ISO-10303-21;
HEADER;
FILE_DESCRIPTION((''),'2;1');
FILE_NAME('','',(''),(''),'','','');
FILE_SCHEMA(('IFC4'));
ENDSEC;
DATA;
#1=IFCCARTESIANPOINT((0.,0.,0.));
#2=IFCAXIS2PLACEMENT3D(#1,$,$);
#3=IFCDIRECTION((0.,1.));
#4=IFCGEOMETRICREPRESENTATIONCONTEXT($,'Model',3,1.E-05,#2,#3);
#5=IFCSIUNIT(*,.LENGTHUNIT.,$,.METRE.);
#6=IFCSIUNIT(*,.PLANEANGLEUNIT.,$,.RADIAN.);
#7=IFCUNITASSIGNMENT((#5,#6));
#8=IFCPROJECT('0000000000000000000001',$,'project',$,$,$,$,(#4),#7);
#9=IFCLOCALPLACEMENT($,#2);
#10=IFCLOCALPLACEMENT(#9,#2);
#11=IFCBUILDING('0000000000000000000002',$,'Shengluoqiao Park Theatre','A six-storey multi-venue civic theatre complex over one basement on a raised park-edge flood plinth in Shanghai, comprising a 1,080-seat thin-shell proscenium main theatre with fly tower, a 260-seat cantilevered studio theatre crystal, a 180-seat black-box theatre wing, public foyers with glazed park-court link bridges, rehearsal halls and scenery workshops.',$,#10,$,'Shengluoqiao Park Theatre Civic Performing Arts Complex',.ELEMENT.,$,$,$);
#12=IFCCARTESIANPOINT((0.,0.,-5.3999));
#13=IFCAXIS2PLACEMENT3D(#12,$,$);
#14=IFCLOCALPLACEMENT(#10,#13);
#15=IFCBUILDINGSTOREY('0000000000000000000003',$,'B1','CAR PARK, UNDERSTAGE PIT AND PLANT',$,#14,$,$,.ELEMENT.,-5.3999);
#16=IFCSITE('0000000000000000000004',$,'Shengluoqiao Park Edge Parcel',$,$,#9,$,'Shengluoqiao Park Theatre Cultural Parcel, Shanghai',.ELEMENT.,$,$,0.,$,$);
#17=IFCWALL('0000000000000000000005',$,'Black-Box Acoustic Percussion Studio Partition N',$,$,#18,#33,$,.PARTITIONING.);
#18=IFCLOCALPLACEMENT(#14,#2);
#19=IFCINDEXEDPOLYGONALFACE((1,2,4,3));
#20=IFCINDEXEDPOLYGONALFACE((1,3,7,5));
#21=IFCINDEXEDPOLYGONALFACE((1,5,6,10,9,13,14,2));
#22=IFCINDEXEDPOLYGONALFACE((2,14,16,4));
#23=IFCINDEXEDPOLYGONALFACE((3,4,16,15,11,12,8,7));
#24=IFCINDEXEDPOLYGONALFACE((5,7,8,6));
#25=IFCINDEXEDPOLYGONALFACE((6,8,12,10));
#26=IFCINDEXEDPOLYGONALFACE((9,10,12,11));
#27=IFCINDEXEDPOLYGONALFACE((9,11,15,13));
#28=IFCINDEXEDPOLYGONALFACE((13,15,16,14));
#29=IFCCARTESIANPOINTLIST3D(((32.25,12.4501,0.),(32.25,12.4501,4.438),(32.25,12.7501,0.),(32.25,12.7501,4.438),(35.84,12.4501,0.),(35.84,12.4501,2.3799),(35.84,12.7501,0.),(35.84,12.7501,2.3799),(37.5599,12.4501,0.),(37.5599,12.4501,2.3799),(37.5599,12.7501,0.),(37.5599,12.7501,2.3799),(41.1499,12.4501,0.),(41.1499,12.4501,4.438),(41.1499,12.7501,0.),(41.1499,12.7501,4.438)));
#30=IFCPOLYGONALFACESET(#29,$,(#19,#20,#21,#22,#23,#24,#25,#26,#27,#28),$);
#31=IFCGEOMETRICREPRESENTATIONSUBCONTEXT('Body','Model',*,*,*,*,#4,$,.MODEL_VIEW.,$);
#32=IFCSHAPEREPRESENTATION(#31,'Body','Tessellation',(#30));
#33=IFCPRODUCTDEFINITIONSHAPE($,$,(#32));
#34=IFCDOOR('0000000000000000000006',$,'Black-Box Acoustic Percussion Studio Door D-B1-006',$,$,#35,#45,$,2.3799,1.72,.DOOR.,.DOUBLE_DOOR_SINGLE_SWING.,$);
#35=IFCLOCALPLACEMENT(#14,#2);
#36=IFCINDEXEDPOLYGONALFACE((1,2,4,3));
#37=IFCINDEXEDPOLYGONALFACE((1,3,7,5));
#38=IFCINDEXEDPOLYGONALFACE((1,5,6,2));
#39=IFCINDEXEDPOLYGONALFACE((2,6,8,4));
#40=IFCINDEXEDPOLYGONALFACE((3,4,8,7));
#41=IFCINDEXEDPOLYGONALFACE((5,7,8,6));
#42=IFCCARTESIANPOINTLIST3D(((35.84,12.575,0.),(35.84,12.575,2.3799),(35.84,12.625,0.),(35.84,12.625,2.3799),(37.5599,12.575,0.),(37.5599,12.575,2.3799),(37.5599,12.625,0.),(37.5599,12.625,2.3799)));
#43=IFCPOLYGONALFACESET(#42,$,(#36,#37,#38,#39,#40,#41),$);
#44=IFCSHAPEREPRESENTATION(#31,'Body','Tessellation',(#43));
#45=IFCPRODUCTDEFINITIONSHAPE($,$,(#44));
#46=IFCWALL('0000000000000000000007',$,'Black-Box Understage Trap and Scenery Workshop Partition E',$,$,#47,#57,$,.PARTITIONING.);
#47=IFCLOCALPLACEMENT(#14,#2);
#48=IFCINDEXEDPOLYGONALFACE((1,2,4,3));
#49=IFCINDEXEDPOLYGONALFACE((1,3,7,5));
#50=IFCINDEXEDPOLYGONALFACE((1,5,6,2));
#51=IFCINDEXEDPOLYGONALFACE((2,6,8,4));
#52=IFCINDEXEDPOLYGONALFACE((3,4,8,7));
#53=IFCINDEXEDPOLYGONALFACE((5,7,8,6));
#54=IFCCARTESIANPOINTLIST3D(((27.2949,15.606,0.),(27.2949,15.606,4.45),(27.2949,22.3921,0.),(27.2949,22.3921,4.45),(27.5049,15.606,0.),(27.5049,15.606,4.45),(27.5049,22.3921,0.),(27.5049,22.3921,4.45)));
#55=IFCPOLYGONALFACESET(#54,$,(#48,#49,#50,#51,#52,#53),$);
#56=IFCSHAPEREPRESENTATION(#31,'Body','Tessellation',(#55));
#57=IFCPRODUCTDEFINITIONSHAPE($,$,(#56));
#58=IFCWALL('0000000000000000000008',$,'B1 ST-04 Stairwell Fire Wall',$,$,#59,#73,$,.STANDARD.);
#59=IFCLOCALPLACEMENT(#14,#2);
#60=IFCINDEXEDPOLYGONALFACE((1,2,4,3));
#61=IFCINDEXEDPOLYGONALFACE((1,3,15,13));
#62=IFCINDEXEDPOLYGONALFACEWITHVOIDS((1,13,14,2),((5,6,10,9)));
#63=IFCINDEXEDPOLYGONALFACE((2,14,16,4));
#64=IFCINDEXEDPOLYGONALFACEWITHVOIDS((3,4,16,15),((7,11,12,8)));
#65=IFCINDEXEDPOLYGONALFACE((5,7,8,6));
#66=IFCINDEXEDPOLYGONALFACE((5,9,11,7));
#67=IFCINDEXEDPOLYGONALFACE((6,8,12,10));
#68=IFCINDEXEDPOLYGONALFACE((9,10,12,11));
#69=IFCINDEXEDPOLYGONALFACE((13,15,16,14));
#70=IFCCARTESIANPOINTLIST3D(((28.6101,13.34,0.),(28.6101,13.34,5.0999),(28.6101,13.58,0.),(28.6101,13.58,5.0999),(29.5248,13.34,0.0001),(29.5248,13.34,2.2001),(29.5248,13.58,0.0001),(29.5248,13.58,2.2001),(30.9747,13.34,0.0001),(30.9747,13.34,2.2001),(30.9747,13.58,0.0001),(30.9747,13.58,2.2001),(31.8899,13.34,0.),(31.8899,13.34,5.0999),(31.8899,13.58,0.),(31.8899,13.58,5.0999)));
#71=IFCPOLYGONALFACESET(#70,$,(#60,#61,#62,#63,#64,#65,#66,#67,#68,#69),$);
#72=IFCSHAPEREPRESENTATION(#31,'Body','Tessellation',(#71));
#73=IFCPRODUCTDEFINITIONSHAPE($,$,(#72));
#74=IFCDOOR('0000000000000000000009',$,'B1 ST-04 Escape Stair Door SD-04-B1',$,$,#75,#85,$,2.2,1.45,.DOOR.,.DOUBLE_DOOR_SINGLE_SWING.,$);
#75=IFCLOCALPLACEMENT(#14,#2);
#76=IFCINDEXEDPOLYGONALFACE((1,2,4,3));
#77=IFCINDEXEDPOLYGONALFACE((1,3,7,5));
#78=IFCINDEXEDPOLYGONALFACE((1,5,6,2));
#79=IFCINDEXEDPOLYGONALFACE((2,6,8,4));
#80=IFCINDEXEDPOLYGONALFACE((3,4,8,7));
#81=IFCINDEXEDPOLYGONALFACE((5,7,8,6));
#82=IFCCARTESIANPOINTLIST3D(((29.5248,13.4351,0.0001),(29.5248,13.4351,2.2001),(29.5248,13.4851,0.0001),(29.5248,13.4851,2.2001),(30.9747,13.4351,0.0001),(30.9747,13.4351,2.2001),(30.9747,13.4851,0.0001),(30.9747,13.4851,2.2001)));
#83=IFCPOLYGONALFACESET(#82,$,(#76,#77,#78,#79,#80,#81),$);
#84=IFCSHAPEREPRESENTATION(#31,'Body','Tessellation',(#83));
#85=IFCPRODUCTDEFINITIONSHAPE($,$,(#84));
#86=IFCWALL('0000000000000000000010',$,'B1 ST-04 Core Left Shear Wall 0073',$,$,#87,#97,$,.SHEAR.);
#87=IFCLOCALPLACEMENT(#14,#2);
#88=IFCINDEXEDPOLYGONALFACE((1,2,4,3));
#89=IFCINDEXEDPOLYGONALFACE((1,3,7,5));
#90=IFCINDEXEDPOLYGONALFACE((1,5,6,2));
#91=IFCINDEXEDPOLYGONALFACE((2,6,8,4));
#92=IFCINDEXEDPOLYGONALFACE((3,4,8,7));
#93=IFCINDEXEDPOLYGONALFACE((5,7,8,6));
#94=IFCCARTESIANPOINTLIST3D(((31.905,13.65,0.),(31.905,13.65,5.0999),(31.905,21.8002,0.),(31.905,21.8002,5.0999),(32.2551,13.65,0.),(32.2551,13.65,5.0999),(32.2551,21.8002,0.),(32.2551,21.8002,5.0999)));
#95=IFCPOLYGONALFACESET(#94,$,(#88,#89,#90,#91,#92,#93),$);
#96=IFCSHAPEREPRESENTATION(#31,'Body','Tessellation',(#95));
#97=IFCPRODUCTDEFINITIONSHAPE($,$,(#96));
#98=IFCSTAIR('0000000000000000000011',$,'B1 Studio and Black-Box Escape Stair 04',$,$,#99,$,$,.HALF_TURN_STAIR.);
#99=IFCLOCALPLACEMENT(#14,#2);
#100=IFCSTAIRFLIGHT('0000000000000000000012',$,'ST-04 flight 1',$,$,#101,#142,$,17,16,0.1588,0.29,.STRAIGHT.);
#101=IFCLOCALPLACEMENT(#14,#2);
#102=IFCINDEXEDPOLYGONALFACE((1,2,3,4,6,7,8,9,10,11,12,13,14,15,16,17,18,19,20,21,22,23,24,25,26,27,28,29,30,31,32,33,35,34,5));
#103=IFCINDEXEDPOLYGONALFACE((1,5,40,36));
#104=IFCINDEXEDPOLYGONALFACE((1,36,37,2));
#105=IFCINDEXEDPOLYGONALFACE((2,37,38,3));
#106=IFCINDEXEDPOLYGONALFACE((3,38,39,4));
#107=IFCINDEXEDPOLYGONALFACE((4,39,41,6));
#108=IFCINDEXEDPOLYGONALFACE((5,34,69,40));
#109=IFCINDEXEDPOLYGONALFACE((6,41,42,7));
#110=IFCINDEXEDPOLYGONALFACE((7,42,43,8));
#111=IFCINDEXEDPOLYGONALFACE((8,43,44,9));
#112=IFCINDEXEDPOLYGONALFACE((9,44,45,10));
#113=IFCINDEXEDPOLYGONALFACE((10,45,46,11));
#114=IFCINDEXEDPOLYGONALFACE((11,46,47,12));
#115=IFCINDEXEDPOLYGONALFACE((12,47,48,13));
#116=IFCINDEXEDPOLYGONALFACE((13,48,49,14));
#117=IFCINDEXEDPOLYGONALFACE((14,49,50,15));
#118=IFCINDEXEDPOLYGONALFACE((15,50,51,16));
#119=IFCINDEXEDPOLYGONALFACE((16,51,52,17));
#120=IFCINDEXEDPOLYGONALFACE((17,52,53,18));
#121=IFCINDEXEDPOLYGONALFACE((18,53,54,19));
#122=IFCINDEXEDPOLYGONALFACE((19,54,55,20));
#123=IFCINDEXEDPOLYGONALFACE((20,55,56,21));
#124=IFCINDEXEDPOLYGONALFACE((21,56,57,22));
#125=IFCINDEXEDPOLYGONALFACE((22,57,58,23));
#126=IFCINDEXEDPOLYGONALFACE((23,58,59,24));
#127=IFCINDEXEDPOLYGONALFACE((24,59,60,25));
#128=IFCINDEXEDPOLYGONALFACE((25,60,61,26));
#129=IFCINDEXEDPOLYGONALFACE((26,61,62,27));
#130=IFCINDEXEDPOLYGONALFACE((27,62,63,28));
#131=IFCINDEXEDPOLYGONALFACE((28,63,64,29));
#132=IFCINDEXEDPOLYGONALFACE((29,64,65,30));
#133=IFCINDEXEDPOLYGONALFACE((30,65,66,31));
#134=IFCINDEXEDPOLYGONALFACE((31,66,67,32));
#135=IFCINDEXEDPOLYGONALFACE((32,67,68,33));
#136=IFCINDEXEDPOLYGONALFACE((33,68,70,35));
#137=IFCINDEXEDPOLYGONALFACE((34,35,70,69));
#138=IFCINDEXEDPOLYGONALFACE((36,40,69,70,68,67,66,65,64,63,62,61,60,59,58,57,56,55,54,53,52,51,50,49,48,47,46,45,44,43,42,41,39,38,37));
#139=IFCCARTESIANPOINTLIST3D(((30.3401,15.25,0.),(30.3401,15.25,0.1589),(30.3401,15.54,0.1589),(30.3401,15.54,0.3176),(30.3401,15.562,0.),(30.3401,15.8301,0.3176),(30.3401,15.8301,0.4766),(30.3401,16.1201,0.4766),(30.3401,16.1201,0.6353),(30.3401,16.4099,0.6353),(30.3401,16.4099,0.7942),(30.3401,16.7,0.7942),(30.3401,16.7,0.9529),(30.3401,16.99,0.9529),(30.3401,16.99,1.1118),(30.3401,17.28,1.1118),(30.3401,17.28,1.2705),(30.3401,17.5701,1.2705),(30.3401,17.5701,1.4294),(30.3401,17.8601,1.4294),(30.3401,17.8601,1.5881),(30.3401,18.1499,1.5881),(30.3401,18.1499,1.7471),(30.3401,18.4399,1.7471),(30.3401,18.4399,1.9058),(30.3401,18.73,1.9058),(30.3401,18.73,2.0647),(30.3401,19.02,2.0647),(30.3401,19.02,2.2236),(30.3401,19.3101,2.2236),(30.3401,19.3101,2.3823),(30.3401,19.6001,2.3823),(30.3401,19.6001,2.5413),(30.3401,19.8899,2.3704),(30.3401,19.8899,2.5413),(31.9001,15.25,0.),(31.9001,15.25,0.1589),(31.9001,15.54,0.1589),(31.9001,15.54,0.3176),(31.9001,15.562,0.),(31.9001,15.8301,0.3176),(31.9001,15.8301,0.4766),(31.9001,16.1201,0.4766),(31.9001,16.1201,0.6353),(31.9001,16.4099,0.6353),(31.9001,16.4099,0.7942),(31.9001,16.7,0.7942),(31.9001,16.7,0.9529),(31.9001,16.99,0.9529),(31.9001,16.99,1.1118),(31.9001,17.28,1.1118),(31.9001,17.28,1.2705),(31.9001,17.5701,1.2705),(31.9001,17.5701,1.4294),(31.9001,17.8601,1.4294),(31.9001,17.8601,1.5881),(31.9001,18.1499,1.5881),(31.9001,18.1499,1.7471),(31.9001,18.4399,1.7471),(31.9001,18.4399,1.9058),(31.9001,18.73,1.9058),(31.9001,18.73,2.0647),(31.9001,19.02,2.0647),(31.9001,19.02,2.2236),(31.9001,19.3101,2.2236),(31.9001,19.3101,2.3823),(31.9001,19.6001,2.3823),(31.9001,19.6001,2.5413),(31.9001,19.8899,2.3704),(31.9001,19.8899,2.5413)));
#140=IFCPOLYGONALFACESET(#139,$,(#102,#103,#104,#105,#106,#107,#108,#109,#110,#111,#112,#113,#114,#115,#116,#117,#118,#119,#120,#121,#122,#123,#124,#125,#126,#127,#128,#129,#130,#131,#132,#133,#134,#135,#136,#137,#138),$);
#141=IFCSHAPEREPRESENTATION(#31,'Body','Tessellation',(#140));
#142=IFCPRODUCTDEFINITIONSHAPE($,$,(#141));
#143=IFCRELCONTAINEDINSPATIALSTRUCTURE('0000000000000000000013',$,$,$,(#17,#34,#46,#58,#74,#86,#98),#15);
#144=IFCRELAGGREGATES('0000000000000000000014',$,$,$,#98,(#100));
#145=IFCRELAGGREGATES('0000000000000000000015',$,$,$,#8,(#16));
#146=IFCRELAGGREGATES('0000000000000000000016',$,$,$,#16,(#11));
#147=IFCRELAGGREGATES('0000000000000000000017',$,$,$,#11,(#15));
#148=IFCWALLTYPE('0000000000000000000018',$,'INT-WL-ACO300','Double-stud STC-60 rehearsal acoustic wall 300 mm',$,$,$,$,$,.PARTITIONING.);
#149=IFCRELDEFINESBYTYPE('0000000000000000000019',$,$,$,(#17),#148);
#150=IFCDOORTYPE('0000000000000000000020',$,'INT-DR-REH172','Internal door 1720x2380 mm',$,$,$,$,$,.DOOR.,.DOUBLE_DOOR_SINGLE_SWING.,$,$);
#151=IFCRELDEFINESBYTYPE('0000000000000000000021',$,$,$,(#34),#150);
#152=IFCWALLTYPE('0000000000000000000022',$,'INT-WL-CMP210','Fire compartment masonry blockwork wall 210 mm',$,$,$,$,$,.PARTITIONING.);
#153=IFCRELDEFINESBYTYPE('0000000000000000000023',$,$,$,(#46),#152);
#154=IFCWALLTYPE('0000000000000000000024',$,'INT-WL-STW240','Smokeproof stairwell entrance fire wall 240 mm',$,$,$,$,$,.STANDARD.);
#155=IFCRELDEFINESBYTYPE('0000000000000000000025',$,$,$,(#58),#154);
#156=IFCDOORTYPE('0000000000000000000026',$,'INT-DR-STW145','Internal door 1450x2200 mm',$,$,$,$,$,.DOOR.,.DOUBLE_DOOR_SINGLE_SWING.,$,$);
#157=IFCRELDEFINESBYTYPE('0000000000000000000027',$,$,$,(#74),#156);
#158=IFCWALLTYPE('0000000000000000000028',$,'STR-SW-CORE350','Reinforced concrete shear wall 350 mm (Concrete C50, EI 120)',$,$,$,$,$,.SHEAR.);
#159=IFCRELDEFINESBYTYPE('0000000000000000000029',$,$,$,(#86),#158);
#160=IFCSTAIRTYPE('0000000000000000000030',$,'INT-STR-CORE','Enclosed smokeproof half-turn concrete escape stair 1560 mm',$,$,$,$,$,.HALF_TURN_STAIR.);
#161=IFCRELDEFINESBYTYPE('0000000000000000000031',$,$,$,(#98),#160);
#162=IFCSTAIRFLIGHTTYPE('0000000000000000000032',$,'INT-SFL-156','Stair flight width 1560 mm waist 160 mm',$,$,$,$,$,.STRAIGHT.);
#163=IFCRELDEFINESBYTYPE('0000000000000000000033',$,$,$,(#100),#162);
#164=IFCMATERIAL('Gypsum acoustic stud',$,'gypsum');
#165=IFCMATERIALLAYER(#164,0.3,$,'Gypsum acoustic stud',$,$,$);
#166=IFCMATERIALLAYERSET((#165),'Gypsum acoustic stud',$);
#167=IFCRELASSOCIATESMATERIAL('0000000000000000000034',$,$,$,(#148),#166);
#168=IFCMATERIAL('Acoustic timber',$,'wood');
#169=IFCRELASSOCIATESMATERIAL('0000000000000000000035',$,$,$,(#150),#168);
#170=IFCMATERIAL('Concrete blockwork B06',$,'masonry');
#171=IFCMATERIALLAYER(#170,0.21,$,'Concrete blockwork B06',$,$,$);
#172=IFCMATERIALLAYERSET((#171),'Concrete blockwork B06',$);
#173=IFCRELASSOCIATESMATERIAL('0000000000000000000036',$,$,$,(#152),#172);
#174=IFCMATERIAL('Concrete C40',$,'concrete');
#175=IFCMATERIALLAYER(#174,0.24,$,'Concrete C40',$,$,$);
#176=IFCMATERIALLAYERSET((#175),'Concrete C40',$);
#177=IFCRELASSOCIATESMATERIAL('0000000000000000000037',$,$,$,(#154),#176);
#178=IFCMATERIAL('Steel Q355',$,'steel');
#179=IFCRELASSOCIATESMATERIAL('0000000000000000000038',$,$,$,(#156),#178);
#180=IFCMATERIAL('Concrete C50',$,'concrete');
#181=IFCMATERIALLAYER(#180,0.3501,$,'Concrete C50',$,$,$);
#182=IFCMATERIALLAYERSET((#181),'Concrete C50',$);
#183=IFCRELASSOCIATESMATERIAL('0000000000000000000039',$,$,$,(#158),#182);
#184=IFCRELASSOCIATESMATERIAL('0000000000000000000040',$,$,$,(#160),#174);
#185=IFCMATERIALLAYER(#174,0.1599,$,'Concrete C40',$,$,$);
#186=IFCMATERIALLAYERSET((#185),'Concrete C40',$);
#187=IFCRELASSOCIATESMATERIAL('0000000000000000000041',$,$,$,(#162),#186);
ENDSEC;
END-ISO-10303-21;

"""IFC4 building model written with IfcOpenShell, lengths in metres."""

from ifc_helpers import new_model, si_unit, direction, frame, frame_2d, origin, place, context, subcontext, project, spatial, polyline, rectangle, outline, extrude, material, layer, layer_set, type_object, element, fill, aggregate, save


model = new_model("IFC4")

# Units and contexts
model_context = context("Model", 3, precision=1e-05, world=origin(), true_north=direction((0.0, 1.0)))
body_context = subcontext(model_context, "Body", "Model", "MODEL_VIEW")
ifc_project = project(units=[si_unit("LENGTHUNIT", "METRE"), si_unit("PLANEANGLEUNIT", "RADIAN")], contexts=[model_context])

# Site, building, storey
site_placement = place(None, origin())
site = spatial("IfcSite", under=ifc_project, at=site_placement, Name="Shengluoqiao Park Edge Parcel", LongName="Shengluoqiao Park Theatre Cultural Parcel, Shanghai", CompositionType="ELEMENT", RefElevation=0.0)
building_placement = place(site_placement, origin())
building = spatial("IfcBuilding", under=site, at=building_placement, Name="Shengluoqiao Park Theatre", Description="A six-storey multi-venue civic theatre complex over one basement on a raised park-edge flood plinth in Shanghai, comprising a 1,080-seat thin-shell proscenium main theatre with fly tower, a 260-seat cantilevered studio theatre crystal, a 180-seat black-box theatre wing, public foyers with glazed park-court link bridges, rehearsal halls and scenery workshops.", LongName="Shengluoqiao Park Theatre Civic Performing Arts Complex", CompositionType="ELEMENT")
storey_placement = place(building_placement, frame((0.0, 0.0, -5.3999)))
storey = spatial("IfcBuildingStorey", under=building, at=storey_placement, Name="B1", Description="CAR PARK, UNDERSTAGE PIT AND PLANT", CompositionType="ELEMENT", Elevation=-5.3999)

# Shared definitions
ifc_material_1 = material(Name="Concrete C40", Category="concrete")

# Shared definitions
ifc_material_2 = material(Name="Steel Q355", Category="steel")
ifc_material_3 = material(Name="Concrete C50", Category="concrete")

# Wall, opening, door
ifc_material_4 = material(Name="Gypsum acoustic stud", Category="gypsum")
ifc_layer_1 = layer(ifc_material_4, 0.3, Name="Gypsum acoustic stud")
ifc_layer_set_1 = layer_set([ifc_layer_1], Name="Gypsum acoustic stud")
wall_type_1 = type_object("IfcWallType", Name="INT-WL-ACO300", Description="Double-stud STC-60 rehearsal acoustic wall 300 mm", PredefinedType="PARTITIONING", material=ifc_layer_set_1)
wall_1_placement = place(storey_placement, frame((32.25, 12.6001, 0.0), z_axis=(0.0, 0.0, 1.0), x_axis=(1.0, 0.0, 0.0)))
wall_1 = element("IfcWall", 1, at=wall_1_placement, inside=storey, type_object=wall_type_1, Name="Black-Box Acoustic Percussion Studio Partition N", PredefinedType="PARTITIONING", context=body_context, shape_type="SweptSolid", body=[
    extrude(rectangle(XDim=8.8999, YDim=0.3, at=frame_2d((4.45, 0.0))), origin(), (0.0, 0.0, 1.0), 4.438),
])
opening_1_placement = place(wall_1_placement, frame((3.5901, 0.0, 0.0)))
opening_1 = element("IfcOpeningElement", 2, at=opening_1_placement, cuts=wall_1, PredefinedType="OPENING", context=body_context, shape_type="SweptSolid", body=[
    extrude(rectangle(XDim=1.72, YDim=2.3799, at=frame_2d((0.8599, 1.1899))), frame((0.0, 0.1599, 0.0), z_axis=(0.0, -1.0, 0.0), x_axis=(1.0, 0.0, 0.0)), (0.0, 0.0, 1.0), 0.3201),
])
ifc_material_5 = material(Name="Acoustic timber", Category="wood")
door_type_1 = type_object("IfcDoorType", Name="INT-DR-REH172", Description="Internal door 1720x2380 mm", OperationType="DOUBLE_DOOR_SINGLE_SWING", PredefinedType="DOOR", material=ifc_material_5)
door_1_placement = place(opening_1_placement, origin())
door_1 = element("IfcDoor", 3, at=door_1_placement, inside=storey, type_object=door_type_1, Name="Black-Box Acoustic Percussion Studio Door D-B1-006", OperationType="DOUBLE_DOOR_SINGLE_SWING", OverallHeight=2.3799, OverallWidth=1.72, PredefinedType="DOOR", context=body_context, shape_type="SweptSolid", body=[
    extrude(rectangle(XDim=1.72, YDim=2.3799, at=frame_2d((0.8599, 1.1899))), frame((0.0, 0.0249, 0.0), z_axis=(0.0, -1.0, 0.0), x_axis=(1.0, 0.0, 0.0)), (0.0, 0.0, 1.0), 0.05),
])
fill(opening_1, door_1)

# Wall
ifc_material_6 = material(Name="Concrete blockwork B06", Category="masonry")
ifc_layer_2 = layer(ifc_material_6, 0.21, Name="Concrete blockwork B06")
ifc_layer_set_2 = layer_set([ifc_layer_2], Name="Concrete blockwork B06")
wall_type_2 = type_object("IfcWallType", Name="INT-WL-CMP210", Description="Fire compartment masonry blockwork wall 210 mm", PredefinedType="PARTITIONING", material=ifc_layer_set_2)
wall_2_placement = place(storey_placement, frame((27.3999, 15.606, 0.0), z_axis=(0.0, 0.0, 1.0), x_axis=(0.0, 1.0, 0.0)))
element("IfcWall", 4, at=wall_2_placement, inside=storey, type_object=wall_type_2, Name="Black-Box Understage Trap and Scenery Workshop Partition E", PredefinedType="PARTITIONING", context=body_context, shape_type="SweptSolid", body=[
    extrude(rectangle(XDim=6.7861, YDim=0.21, at=frame_2d((3.3931, 0.0))), origin(), (0.0, 0.0, 1.0), 4.45),
])

# Wall, opening, door
ifc_layer_3 = layer(ifc_material_1, 0.24, Name="Concrete C40")
ifc_layer_set_3 = layer_set([ifc_layer_3], Name="Concrete C40")
wall_type_3 = type_object("IfcWallType", Name="INT-WL-STW240", Description="Smokeproof stairwell entrance fire wall 240 mm", PredefinedType="STANDARD", material=ifc_layer_set_3)
wall_3_placement = place(storey_placement, frame((31.8899, 13.46, 0.0), z_axis=(0.0, 0.0, 1.0), x_axis=(-1.0, 0.0, 0.0)))
wall_3 = element("IfcWall", 5, at=wall_3_placement, inside=storey, type_object=wall_type_3, Name="B1 ST-04 Stairwell Fire Wall", PredefinedType="STANDARD", context=body_context, shape_type="SweptSolid", body=[
    extrude(rectangle(XDim=3.2798, YDim=0.24, at=frame_2d((1.6399, 0.0))), origin(), (0.0, 0.0, 1.0), 5.0999),
])
opening_2_placement = place(wall_3_placement, frame((0.915, 0.0, 0.0)))
opening_2 = element("IfcOpeningElement", 6, at=opening_2_placement, cuts=wall_3, PredefinedType="OPENING", context=body_context, shape_type="SweptSolid", body=[
    extrude(rectangle(XDim=1.45, YDim=2.2, at=frame_2d((0.7251, 1.1001))), frame((0.0, 0.1299, 0.0), z_axis=(0.0, -1.0, 0.0), x_axis=(1.0, 0.0, 0.0)), (0.0, 0.0, 1.0), 0.26),
])
door_type_2 = type_object("IfcDoorType", Name="INT-DR-STW145", Description="Internal door 1450x2200 mm", OperationType="DOUBLE_DOOR_SINGLE_SWING", PredefinedType="DOOR", material=ifc_material_2)
door_2_placement = place(opening_2_placement, origin())
door_2 = element("IfcDoor", 7, at=door_2_placement, inside=storey, type_object=door_type_2, Name="B1 ST-04 Escape Stair Door SD-04-B1", OperationType="DOUBLE_DOOR_SINGLE_SWING", OverallHeight=2.2, OverallWidth=1.45, PredefinedType="DOOR", context=body_context, shape_type="SweptSolid", body=[
    extrude(rectangle(XDim=1.45, YDim=2.2, at=frame_2d((0.7251, 1.1001))), frame((0.0, 0.0249, 0.0), z_axis=(0.0, -1.0, 0.0), x_axis=(1.0, 0.0, 0.0)), (0.0, 0.0, 1.0), 0.05),
])
fill(opening_2, door_2)

# Wall
ifc_layer_4 = layer(ifc_material_3, 0.3501, Name="Concrete C50")
ifc_layer_set_4 = layer_set([ifc_layer_4], Name="Concrete C50")
wall_type_4 = type_object("IfcWallType", Name="STR-SW-CORE350", Description="Reinforced concrete shear wall 350 mm (Concrete C50, EI 120)", PredefinedType="SHEAR", material=ifc_layer_set_4)
wall_4_placement = place(storey_placement, frame((32.0801, 13.6499, 0.0), z_axis=(0.0, 0.0, 1.0), x_axis=(0.0, 1.0, 0.0)))
element("IfcWall", 8, at=wall_4_placement, inside=storey, type_object=wall_type_4, Name="B1 ST-04 Core Left Shear Wall 0073", PredefinedType="SHEAR", context=body_context, shape_type="SweptSolid", body=[
    extrude(rectangle(XDim=8.1501, YDim=0.3501, at=frame_2d((4.0752, 0.0))), origin(), (0.0, 0.0, 1.0), 5.0999),
])

# Stair, stair flight
stair_type = type_object("IfcStairType", Name="INT-STR-CORE", Description="Enclosed smokeproof half-turn concrete escape stair 1560 mm", PredefinedType="HALF_TURN_STAIR", material=ifc_material_1)
stair_placement = place(storey_placement, origin())
stair = element("IfcStair", 9, at=stair_placement, inside=storey, type_object=stair_type, Name="B1 Studio and Black-Box Escape Stair 04", PredefinedType="HALF_TURN_STAIR")
ifc_layer_5 = layer(ifc_material_1, 0.1599, Name="Concrete C40")
ifc_layer_set_5 = layer_set([ifc_layer_5], Name="Concrete C40")
stair_flight_type = type_object("IfcStairFlightType", Name="INT-SFL-156", Description="Stair flight width 1560 mm waist 160 mm", PredefinedType="STRAIGHT", material=ifc_layer_set_5)
stair_flight_placement = place(storey_placement, frame((31.1201, 15.25, 0.0), z_axis=(0.0, 0.0, 1.0), x_axis=(0.0, 1.0, 0.0)))
stair_flight = element("IfcStairFlight", 10, at=stair_flight_placement, type_object=stair_flight_type, Name="ST-04 flight 1", NumberOfRisers=17, NumberOfTreads=16, PredefinedType="STRAIGHT", RiserHeight=0.1588, TreadLength=0.29, context=body_context, shape_type="SweptSolid", body=[
    extrude(outline(polyline([(0.0, 0.0), (0.0, 0.1589), (0.29, 0.1589), (0.29, 0.3176), (0.5801, 0.3176), (0.5801, 0.4766), (0.8701, 0.4766), (0.8701, 0.6353), (1.1599, 0.6353), (1.1599, 0.7942), (1.45, 0.7942), (1.45, 0.9529), (1.74, 0.9529), (1.74, 1.1118), (2.03, 1.1118), (2.03, 1.2705), (2.3201, 1.2705), (2.3201, 1.4294), (2.6101, 1.4294), (2.6101, 1.5881), (2.8999, 1.5881), (2.8999, 1.7471), (3.1899, 1.7471), (3.1899, 1.9058), (3.48, 1.9058), (3.48, 2.0647), (3.77, 2.0647), (3.77, 2.2236), (4.0601, 2.2236), (4.0601, 2.3823), (4.3501, 2.3823), (4.3501, 2.5413), (4.6399, 2.5413), (4.6399, 2.7), (4.6399, 2.3704), (0.312, 0.0), (0.0, 0.0)])), frame((0.0, 0.78, 0.0), z_axis=(0.0, -1.0, 0.0), x_axis=(1.0, 0.0, 0.0)), (0.0, 0.0, 1.0), 1.5601),
])
aggregate(stair, [stair_flight])

save(model, "model.ifc")
